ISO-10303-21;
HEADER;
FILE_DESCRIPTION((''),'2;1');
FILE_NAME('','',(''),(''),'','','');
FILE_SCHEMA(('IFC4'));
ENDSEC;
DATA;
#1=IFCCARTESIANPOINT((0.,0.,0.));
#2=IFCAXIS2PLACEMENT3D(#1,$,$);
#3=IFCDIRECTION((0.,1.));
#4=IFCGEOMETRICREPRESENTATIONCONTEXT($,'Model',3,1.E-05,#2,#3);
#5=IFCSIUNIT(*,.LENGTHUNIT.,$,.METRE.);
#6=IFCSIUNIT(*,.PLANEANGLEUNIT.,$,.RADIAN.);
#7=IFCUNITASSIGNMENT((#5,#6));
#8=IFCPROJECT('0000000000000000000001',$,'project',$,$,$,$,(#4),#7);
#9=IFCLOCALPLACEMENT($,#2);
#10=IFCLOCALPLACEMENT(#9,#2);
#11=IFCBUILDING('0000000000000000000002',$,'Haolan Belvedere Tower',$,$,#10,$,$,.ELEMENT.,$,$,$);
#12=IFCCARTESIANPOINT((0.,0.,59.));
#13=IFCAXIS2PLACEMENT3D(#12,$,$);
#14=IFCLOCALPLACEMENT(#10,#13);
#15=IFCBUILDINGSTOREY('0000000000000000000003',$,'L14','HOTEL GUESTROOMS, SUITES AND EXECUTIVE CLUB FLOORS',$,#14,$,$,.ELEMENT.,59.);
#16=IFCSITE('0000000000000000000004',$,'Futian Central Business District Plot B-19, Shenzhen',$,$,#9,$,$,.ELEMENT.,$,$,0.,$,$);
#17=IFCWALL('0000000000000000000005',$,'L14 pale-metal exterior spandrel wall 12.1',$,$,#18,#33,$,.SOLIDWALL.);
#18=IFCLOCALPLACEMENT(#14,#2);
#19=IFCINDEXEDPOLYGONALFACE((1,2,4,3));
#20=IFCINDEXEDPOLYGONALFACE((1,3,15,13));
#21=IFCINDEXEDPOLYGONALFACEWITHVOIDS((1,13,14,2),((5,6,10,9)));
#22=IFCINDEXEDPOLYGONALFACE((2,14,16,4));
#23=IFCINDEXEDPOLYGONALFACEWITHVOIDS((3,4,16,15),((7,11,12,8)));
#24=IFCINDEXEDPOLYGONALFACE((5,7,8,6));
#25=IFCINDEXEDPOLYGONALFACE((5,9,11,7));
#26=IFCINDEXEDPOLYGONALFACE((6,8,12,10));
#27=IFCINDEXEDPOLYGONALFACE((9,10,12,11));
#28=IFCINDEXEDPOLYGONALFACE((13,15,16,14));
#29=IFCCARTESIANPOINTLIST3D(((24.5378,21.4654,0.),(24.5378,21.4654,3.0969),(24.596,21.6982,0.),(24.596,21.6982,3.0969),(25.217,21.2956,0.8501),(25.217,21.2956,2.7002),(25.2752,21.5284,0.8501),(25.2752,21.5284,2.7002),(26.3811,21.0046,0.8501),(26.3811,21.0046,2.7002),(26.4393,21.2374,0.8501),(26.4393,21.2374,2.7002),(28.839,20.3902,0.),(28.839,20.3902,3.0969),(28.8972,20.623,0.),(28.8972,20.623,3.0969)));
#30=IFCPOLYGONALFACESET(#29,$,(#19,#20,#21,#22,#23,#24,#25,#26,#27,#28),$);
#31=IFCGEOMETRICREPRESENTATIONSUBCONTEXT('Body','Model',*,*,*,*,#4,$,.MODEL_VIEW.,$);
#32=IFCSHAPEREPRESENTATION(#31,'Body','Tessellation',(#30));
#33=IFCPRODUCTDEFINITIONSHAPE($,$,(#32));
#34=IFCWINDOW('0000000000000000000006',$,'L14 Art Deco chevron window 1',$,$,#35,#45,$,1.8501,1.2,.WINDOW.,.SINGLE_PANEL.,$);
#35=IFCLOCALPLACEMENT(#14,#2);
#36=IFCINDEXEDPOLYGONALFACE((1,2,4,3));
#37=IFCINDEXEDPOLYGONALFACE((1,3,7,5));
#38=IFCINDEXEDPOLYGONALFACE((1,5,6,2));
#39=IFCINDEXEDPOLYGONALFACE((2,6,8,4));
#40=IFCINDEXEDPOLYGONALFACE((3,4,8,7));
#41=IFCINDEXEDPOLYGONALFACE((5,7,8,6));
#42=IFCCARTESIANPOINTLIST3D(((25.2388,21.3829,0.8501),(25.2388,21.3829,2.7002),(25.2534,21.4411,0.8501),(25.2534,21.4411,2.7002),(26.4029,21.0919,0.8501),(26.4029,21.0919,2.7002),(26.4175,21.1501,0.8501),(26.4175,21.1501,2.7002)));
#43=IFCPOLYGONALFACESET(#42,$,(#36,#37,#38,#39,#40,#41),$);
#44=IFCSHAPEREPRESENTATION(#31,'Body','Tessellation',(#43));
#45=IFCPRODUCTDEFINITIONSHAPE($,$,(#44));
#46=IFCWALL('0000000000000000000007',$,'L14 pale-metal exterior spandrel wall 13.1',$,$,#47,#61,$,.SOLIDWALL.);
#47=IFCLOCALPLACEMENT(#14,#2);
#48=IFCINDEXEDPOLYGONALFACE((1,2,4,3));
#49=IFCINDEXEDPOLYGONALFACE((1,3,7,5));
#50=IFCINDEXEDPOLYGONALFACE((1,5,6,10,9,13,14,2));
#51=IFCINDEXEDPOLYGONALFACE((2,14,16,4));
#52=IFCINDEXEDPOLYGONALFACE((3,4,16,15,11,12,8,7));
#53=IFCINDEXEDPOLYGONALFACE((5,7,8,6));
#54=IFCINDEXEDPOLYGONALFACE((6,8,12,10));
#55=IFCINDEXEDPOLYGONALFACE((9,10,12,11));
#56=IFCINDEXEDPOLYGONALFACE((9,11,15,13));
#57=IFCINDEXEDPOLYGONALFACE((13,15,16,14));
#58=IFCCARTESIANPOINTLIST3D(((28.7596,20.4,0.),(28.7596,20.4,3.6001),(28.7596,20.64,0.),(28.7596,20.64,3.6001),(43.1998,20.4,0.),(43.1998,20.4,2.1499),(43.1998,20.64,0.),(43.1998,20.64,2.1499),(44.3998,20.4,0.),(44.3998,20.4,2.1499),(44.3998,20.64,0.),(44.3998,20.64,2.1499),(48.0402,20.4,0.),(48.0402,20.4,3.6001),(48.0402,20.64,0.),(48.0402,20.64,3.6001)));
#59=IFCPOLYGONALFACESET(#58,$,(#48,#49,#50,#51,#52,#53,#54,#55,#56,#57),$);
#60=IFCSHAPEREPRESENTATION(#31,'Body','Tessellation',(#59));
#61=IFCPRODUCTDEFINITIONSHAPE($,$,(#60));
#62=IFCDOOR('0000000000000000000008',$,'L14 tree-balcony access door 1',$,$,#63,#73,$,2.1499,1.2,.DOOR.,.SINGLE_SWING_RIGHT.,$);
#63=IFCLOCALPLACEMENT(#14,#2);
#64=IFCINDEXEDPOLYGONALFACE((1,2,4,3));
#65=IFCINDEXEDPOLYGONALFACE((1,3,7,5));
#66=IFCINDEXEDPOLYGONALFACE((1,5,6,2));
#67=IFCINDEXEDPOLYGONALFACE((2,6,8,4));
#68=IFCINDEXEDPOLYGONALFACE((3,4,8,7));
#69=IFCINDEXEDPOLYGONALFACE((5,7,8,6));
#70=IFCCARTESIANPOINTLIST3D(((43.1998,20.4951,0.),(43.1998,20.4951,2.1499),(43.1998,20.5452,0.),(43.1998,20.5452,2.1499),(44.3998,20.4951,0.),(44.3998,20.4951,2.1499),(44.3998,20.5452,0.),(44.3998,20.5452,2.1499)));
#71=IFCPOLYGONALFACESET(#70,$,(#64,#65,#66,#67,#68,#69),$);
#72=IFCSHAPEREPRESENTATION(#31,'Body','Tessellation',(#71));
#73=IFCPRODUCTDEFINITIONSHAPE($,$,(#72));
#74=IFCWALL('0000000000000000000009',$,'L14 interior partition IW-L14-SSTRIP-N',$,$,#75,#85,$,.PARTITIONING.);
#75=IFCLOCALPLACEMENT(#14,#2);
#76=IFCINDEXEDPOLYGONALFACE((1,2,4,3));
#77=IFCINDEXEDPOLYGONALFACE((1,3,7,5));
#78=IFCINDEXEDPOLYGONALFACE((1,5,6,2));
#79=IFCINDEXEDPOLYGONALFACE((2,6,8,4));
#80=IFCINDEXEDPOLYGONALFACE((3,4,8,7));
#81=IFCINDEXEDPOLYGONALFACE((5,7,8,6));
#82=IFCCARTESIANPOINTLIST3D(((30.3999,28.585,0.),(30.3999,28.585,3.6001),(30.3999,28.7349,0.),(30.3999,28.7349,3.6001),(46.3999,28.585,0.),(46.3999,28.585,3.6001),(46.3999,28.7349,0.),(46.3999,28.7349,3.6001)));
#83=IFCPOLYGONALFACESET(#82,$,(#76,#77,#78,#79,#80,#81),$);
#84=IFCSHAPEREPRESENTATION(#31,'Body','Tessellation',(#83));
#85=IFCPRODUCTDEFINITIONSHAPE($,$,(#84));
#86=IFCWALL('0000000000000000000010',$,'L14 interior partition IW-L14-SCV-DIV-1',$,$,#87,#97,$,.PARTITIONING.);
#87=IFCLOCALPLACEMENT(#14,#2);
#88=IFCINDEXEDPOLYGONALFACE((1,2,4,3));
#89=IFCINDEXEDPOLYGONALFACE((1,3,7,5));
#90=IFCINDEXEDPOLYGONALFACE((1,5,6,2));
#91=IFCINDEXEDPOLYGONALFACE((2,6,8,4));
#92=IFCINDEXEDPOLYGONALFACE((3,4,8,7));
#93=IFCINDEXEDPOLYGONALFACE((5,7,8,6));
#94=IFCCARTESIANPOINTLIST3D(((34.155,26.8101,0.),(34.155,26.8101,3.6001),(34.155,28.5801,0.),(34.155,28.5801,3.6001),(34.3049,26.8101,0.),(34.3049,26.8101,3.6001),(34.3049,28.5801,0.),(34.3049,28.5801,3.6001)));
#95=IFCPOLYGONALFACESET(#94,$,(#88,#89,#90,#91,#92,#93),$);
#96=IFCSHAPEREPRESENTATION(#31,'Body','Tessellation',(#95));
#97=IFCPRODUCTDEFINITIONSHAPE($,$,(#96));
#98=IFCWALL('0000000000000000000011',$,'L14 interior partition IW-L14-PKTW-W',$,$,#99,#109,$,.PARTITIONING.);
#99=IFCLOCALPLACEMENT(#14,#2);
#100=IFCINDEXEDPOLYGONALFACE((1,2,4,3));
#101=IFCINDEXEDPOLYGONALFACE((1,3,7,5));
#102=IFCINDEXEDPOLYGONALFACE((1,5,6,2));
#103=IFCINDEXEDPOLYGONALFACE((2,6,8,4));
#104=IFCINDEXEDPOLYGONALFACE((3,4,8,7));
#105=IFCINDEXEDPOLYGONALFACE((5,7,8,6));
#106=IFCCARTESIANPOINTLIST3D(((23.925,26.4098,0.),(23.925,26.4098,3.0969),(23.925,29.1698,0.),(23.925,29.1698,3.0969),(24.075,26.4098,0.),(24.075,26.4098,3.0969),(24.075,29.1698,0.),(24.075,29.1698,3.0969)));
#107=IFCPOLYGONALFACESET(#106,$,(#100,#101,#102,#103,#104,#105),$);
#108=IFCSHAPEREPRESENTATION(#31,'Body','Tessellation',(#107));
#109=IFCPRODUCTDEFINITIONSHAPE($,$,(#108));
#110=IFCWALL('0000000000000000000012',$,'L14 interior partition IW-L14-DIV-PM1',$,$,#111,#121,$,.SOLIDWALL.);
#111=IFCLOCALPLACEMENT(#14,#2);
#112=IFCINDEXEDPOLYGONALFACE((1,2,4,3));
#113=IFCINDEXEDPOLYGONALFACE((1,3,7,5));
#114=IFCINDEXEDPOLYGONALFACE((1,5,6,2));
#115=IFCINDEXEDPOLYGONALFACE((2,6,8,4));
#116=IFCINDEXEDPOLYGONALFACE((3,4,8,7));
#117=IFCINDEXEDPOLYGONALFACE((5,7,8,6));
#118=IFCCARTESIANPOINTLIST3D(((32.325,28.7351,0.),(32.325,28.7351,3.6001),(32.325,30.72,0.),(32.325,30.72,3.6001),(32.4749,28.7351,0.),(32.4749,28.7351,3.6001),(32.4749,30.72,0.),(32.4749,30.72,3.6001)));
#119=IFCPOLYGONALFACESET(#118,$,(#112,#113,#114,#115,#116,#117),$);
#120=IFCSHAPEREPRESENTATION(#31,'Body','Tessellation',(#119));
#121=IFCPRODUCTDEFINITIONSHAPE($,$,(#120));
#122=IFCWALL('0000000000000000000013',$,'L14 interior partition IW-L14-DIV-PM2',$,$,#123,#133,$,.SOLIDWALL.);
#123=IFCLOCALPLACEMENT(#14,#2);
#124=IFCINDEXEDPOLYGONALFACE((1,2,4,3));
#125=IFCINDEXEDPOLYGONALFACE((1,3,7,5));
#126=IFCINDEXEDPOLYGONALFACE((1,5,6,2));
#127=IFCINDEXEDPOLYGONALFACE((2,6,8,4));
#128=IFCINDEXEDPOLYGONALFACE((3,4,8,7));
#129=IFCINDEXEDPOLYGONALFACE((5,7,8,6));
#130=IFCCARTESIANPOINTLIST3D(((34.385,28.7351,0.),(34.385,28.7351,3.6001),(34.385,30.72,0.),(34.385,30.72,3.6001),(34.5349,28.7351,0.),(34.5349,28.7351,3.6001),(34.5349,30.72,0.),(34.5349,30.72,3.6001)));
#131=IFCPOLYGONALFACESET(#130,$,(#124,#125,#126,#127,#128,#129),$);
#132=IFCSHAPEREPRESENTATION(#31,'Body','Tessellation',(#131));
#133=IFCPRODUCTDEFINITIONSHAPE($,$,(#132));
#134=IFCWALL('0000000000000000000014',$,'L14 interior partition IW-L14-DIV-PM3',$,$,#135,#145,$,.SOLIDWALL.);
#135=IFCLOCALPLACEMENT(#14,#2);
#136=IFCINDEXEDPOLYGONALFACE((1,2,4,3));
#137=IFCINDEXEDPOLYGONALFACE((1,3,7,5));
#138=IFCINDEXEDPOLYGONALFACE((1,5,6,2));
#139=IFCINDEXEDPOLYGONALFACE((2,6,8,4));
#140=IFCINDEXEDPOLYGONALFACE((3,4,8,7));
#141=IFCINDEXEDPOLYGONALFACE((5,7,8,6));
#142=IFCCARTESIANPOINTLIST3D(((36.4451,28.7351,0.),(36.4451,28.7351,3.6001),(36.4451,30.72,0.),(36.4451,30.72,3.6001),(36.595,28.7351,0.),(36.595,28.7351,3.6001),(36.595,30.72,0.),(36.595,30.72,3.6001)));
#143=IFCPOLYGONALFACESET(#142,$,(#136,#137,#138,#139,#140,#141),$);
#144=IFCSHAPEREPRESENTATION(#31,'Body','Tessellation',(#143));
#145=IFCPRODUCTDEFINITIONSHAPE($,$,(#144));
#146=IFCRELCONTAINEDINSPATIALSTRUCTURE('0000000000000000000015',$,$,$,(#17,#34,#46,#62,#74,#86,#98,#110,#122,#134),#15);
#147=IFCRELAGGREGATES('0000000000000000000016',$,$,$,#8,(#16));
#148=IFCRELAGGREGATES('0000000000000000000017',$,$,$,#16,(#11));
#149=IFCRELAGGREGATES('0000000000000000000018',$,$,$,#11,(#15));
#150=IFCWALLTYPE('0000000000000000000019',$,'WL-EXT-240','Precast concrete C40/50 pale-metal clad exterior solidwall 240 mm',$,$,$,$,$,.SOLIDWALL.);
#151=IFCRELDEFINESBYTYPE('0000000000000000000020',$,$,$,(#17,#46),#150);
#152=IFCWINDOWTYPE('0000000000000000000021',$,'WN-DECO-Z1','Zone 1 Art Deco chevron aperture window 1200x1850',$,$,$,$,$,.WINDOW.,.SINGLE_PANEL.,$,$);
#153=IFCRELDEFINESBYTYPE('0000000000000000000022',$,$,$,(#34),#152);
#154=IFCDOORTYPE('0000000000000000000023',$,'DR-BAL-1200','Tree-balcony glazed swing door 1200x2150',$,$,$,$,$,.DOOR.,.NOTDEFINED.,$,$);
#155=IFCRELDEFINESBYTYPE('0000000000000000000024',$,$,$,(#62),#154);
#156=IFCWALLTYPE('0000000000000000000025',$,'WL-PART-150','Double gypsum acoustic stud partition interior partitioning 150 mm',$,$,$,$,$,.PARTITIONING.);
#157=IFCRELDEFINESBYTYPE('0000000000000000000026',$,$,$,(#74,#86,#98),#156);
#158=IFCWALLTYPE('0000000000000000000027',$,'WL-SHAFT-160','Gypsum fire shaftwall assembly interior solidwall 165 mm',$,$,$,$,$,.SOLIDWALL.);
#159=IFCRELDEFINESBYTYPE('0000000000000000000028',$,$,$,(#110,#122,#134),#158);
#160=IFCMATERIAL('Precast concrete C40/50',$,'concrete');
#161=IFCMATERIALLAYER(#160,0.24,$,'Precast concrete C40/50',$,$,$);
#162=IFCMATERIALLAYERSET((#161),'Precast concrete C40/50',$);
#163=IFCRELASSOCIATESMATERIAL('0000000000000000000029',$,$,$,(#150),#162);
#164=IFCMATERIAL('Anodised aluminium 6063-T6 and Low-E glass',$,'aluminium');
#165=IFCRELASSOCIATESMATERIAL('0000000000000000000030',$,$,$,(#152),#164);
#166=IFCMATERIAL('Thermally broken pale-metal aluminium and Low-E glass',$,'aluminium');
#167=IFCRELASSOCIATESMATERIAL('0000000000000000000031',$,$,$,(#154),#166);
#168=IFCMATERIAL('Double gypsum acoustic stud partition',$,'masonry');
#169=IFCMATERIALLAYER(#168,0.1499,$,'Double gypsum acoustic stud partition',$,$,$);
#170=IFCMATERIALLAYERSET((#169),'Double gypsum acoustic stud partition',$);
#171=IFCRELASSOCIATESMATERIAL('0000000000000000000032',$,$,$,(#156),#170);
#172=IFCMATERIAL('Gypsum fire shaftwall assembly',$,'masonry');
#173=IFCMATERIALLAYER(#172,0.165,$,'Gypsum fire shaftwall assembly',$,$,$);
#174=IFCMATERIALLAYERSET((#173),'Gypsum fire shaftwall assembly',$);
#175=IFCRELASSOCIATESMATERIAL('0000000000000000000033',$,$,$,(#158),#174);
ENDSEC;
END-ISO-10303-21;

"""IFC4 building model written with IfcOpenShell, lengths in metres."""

from ifc_helpers import new_model, si_unit, direction, frame, frame_2d, origin, place, context, subcontext, project, spatial, rectangle, extrude, material, layer, layer_set, type_object, element, fill, save


model = new_model("IFC4")

# Units and contexts
model_context = context("Model", 3, precision=1e-05, world=origin(), true_north=direction((0.0, 1.0)))
body_context = subcontext(model_context, "Body", "Model", "MODEL_VIEW")
ifc_project = project(units=[si_unit("LENGTHUNIT", "METRE"), si_unit("PLANEANGLEUNIT", "RADIAN")], contexts=[model_context])

# Site, building, storey
site_placement = place(None, origin())
site = spatial("IfcSite", under=ifc_project, at=site_placement, Name="Futian Central Business District Plot B-19, Shenzhen", CompositionType="ELEMENT", RefElevation=0.0)
building_placement = place(site_placement, origin())
building = spatial("IfcBuilding", under=site, at=building_placement, Name="Haolan Belvedere Tower", CompositionType="ELEMENT")
storey_placement = place(building_placement, frame((0.0, 0.0, 59.0)))
storey = spatial("IfcBuildingStorey", under=building, at=storey_placement, Name="L14", Description="HOTEL GUESTROOMS, SUITES AND EXECUTIVE CLUB FLOORS", CompositionType="ELEMENT", Elevation=59.0)

# Wall, opening, window
ifc_material_1 = material(Name="Precast concrete C40/50", Category="concrete")
ifc_layer_1 = layer(ifc_material_1, 0.24, Name="Precast concrete C40/50")
ifc_layer_set_1 = layer_set([ifc_layer_1], Name="Precast concrete C40/50")
wall_type_1 = type_object("IfcWallType", Name="WL-EXT-240", Description="Precast concrete C40/50 pale-metal clad exterior solidwall 240 mm", PredefinedType="SOLIDWALL", material=ifc_layer_set_1)
wall_1_placement = place(storey_placement, frame((24.5669, 21.5818, 0.0), z_axis=(0.0, 0.0, 1.0), x_axis=(0.970149, -0.24251, 0.0)))
wall_1 = element("IfcWall", 1, at=wall_1_placement, inside=storey, type_object=wall_type_1, Name="L14 pale-metal exterior spandrel wall 12.1", PredefinedType="SOLIDWALL", context=body_context, shape_type="SweptSolid", body=[
    extrude(rectangle(XDim=4.4336, YDim=0.24, at=frame_2d((2.2168, 0.0))), origin(), (0.0, 0.0, 1.0), 3.0969),
])
opening_1_placement = place(wall_1_placement, frame((0.7, 0.0, 0.8501)))
opening_1 = element("IfcOpeningElement", 2, at=opening_1_placement, cuts=wall_1, PredefinedType="OPENING", context=body_context, shape_type="SweptSolid", body=[
    extrude(rectangle(XDim=1.2, YDim=1.8501, at=frame_2d((0.6001, 0.925))), frame((0.0, 0.1299, 0.0), z_axis=(0.0, -1.0, 0.0), x_axis=(1.0, 0.0, 0.0)), (0.0, 0.0, 1.0), 0.26),
])
ifc_material_2 = material(Name="Anodised aluminium 6063-T6 and Low-E glass", Category="aluminium")
window_type = type_object("IfcWindowType", Name="WN-DECO-Z1", Description="Zone 1 Art Deco chevron aperture window 1200x1850", PartitioningType="SINGLE_PANEL", PredefinedType="WINDOW", material=ifc_material_2)
window_placement = place(opening_1_placement, origin())
window = element("IfcWindow", 3, at=window_placement, inside=storey, type_object=window_type, Name="L14 Art Deco chevron window 1", OverallHeight=1.8501, OverallWidth=1.2, PartitioningType="SINGLE_PANEL", PredefinedType="WINDOW", context=body_context, shape_type="SweptSolid", body=[
    extrude(rectangle(XDim=1.2, YDim=1.8501, at=frame_2d((0.6001, 0.925))), frame((0.0, 0.03, 0.0), z_axis=(0.0, -1.0, 0.0), x_axis=(1.0, 0.0, 0.0)), (0.0, 0.0, 1.0), 0.0601),
])
fill(opening_1, window)

# Wall, opening, door
wall_2_placement = place(storey_placement, frame((28.7598, 20.52, 0.0), z_axis=(0.0, 0.0, 1.0), x_axis=(1.0, 0.0, 0.0)))
wall_2 = element("IfcWall", 4, at=wall_2_placement, inside=storey, type_object=wall_type_1, Name="L14 pale-metal exterior spandrel wall 13.1", PredefinedType="SOLIDWALL", context=body_context, shape_type="SweptSolid", body=[
    extrude(rectangle(XDim=19.2805, YDim=0.24, at=frame_2d((9.6401, 0.0))), origin(), (0.0, 0.0, 1.0), 3.6001),
])
opening_2_placement = place(wall_2_placement, frame((15.6401, 0.0, 0.0), z_axis=(0.0, 0.0, 1.0), x_axis=(-1.0, 0.0, 0.0)))
opening_2 = element("IfcOpeningElement", 5, at=opening_2_placement, cuts=wall_2, PredefinedType="OPENING", context=body_context, shape_type="SweptSolid", body=[
    extrude(rectangle(XDim=1.2, YDim=2.1499, at=frame_2d((0.6001, 1.075))), frame((0.0, 0.1299, 0.0), z_axis=(0.0, -1.0, 0.0), x_axis=(1.0, 0.0, 0.0)), (0.0, 0.0, 1.0), 0.26),
])
ifc_material_3 = material(Name="Thermally broken pale-metal aluminium and Low-E glass", Category="aluminium")
door_type_1 = type_object("IfcDoorType", Name="DR-BAL-1200", Description="Tree-balcony glazed swing door 1200x2150", OperationType="NOTDEFINED", PredefinedType="DOOR", material=ifc_material_3)
door_1_placement = place(opening_2_placement, origin())
door_1 = element("IfcDoor", 6, at=door_1_placement, inside=storey, type_object=door_type_1, Name="L14 tree-balcony access door 1", OperationType="SINGLE_SWING_RIGHT", OverallHeight=2.1499, OverallWidth=1.2, PredefinedType="DOOR", context=body_context, shape_type="SweptSolid", body=[
    extrude(rectangle(XDim=1.2, YDim=2.1499, at=frame_2d((0.6001, 1.075))), frame((0.0, 0.0249, 0.0), z_axis=(0.0, -1.0, 0.0), x_axis=(1.0, 0.0, 0.0)), (0.0, 0.0, 1.0), 0.05),
])
fill(opening_2, door_1)

# Walls
ifc_material_4 = material(Name="Double gypsum acoustic stud partition", Category="masonry")
ifc_layer_2 = layer(ifc_material_4, 0.1499, Name="Double gypsum acoustic stud partition")
ifc_layer_set_2 = layer_set([ifc_layer_2], Name="Double gypsum acoustic stud partition")
wall_type_2 = type_object("IfcWallType", Name="WL-PART-150", Description="Double gypsum acoustic stud partition interior partitioning 150 mm", PredefinedType="PARTITIONING", material=ifc_layer_set_2)
wall_3_placement = place(storey_placement, frame((30.3999, 28.6599, 0.0), z_axis=(0.0, 0.0, 1.0), x_axis=(1.0, 0.0, 0.0)))
element("IfcWall", 7, at=wall_3_placement, inside=storey, type_object=wall_type_2, Name="L14 interior partition IW-L14-SSTRIP-N", PredefinedType="PARTITIONING", context=body_context, shape_type="SweptSolid", body=[
    extrude(rectangle(XDim=16.0, YDim=0.1499, at=frame_2d((8.0, 0.0))), origin(), (0.0, 0.0, 1.0), 3.6001),
])
wall_4_placement = place(storey_placement, frame((34.23, 26.8101, 0.0), z_axis=(0.0, 0.0, 1.0), x_axis=(0.0, 1.0, 0.0)))
element("IfcWall", 8, at=wall_4_placement, inside=storey, type_object=wall_type_2, Name="L14 interior partition IW-L14-SCV-DIV-1", PredefinedType="PARTITIONING", context=body_context, shape_type="SweptSolid", body=[
    extrude(rectangle(XDim=1.77, YDim=0.1499, at=frame_2d((0.885, 0.0))), origin(), (0.0, 0.0, 1.0), 3.6001),
])
wall_5_placement = place(storey_placement, frame((24.0, 26.4099, 0.0), z_axis=(0.0, 0.0, 1.0), x_axis=(0.0, 1.0, 0.0)))
element("IfcWall", 9, at=wall_5_placement, inside=storey, type_object=wall_type_2, Name="L14 interior partition IW-L14-PKTW-W", PredefinedType="PARTITIONING", context=body_context, shape_type="SweptSolid", body=[
    extrude(rectangle(XDim=2.76, YDim=0.1499, at=frame_2d((1.3799, 0.0))), origin(), (0.0, 0.0, 1.0), 3.0969),
])

# Walls
ifc_material_5 = material(Name="Gypsum fire shaftwall assembly", Category="masonry")
ifc_layer_3 = layer(ifc_material_5, 0.165, Name="Gypsum fire shaftwall assembly")
ifc_layer_set_3 = layer_set([ifc_layer_3], Name="Gypsum fire shaftwall assembly")
wall_type_3 = type_object("IfcWallType", Name="WL-SHAFT-160", Description="Gypsum fire shaftwall assembly interior solidwall 165 mm", PredefinedType="SOLIDWALL", material=ifc_layer_set_3)
for number, where, z_axis, x_axis, name in (
    (10, (32.3999, 28.7351, 0.0), (0.0, 0.0, 1.0), (0.0, 1.0, 0.0), "L14 interior partition IW-L14-DIV-PM1"),
    (11, (34.46, 28.7351, 0.0), (0.0, 0.0, 1.0), (0.0, 1.0, 0.0), "L14 interior partition IW-L14-DIV-PM2"),
    (12, (36.52, 28.7351, 0.0), (0.0, 0.0, 1.0), (0.0, 1.0, 0.0), "L14 interior partition IW-L14-DIV-PM3"),
):
    element("IfcWall", number, at=place(storey_placement, frame(where, z_axis=z_axis, x_axis=x_axis)), inside=storey, type_object=wall_type_3, Name=name, PredefinedType="SOLIDWALL", context=body_context, shape_type="SweptSolid", body=[
        extrude(rectangle(XDim=1.9849, YDim=0.1499, at=frame_2d((0.9924, 0.0))), origin(), (0.0, 0.0, 1.0), 3.6001),
    ])

save(model, "model.ifc")
